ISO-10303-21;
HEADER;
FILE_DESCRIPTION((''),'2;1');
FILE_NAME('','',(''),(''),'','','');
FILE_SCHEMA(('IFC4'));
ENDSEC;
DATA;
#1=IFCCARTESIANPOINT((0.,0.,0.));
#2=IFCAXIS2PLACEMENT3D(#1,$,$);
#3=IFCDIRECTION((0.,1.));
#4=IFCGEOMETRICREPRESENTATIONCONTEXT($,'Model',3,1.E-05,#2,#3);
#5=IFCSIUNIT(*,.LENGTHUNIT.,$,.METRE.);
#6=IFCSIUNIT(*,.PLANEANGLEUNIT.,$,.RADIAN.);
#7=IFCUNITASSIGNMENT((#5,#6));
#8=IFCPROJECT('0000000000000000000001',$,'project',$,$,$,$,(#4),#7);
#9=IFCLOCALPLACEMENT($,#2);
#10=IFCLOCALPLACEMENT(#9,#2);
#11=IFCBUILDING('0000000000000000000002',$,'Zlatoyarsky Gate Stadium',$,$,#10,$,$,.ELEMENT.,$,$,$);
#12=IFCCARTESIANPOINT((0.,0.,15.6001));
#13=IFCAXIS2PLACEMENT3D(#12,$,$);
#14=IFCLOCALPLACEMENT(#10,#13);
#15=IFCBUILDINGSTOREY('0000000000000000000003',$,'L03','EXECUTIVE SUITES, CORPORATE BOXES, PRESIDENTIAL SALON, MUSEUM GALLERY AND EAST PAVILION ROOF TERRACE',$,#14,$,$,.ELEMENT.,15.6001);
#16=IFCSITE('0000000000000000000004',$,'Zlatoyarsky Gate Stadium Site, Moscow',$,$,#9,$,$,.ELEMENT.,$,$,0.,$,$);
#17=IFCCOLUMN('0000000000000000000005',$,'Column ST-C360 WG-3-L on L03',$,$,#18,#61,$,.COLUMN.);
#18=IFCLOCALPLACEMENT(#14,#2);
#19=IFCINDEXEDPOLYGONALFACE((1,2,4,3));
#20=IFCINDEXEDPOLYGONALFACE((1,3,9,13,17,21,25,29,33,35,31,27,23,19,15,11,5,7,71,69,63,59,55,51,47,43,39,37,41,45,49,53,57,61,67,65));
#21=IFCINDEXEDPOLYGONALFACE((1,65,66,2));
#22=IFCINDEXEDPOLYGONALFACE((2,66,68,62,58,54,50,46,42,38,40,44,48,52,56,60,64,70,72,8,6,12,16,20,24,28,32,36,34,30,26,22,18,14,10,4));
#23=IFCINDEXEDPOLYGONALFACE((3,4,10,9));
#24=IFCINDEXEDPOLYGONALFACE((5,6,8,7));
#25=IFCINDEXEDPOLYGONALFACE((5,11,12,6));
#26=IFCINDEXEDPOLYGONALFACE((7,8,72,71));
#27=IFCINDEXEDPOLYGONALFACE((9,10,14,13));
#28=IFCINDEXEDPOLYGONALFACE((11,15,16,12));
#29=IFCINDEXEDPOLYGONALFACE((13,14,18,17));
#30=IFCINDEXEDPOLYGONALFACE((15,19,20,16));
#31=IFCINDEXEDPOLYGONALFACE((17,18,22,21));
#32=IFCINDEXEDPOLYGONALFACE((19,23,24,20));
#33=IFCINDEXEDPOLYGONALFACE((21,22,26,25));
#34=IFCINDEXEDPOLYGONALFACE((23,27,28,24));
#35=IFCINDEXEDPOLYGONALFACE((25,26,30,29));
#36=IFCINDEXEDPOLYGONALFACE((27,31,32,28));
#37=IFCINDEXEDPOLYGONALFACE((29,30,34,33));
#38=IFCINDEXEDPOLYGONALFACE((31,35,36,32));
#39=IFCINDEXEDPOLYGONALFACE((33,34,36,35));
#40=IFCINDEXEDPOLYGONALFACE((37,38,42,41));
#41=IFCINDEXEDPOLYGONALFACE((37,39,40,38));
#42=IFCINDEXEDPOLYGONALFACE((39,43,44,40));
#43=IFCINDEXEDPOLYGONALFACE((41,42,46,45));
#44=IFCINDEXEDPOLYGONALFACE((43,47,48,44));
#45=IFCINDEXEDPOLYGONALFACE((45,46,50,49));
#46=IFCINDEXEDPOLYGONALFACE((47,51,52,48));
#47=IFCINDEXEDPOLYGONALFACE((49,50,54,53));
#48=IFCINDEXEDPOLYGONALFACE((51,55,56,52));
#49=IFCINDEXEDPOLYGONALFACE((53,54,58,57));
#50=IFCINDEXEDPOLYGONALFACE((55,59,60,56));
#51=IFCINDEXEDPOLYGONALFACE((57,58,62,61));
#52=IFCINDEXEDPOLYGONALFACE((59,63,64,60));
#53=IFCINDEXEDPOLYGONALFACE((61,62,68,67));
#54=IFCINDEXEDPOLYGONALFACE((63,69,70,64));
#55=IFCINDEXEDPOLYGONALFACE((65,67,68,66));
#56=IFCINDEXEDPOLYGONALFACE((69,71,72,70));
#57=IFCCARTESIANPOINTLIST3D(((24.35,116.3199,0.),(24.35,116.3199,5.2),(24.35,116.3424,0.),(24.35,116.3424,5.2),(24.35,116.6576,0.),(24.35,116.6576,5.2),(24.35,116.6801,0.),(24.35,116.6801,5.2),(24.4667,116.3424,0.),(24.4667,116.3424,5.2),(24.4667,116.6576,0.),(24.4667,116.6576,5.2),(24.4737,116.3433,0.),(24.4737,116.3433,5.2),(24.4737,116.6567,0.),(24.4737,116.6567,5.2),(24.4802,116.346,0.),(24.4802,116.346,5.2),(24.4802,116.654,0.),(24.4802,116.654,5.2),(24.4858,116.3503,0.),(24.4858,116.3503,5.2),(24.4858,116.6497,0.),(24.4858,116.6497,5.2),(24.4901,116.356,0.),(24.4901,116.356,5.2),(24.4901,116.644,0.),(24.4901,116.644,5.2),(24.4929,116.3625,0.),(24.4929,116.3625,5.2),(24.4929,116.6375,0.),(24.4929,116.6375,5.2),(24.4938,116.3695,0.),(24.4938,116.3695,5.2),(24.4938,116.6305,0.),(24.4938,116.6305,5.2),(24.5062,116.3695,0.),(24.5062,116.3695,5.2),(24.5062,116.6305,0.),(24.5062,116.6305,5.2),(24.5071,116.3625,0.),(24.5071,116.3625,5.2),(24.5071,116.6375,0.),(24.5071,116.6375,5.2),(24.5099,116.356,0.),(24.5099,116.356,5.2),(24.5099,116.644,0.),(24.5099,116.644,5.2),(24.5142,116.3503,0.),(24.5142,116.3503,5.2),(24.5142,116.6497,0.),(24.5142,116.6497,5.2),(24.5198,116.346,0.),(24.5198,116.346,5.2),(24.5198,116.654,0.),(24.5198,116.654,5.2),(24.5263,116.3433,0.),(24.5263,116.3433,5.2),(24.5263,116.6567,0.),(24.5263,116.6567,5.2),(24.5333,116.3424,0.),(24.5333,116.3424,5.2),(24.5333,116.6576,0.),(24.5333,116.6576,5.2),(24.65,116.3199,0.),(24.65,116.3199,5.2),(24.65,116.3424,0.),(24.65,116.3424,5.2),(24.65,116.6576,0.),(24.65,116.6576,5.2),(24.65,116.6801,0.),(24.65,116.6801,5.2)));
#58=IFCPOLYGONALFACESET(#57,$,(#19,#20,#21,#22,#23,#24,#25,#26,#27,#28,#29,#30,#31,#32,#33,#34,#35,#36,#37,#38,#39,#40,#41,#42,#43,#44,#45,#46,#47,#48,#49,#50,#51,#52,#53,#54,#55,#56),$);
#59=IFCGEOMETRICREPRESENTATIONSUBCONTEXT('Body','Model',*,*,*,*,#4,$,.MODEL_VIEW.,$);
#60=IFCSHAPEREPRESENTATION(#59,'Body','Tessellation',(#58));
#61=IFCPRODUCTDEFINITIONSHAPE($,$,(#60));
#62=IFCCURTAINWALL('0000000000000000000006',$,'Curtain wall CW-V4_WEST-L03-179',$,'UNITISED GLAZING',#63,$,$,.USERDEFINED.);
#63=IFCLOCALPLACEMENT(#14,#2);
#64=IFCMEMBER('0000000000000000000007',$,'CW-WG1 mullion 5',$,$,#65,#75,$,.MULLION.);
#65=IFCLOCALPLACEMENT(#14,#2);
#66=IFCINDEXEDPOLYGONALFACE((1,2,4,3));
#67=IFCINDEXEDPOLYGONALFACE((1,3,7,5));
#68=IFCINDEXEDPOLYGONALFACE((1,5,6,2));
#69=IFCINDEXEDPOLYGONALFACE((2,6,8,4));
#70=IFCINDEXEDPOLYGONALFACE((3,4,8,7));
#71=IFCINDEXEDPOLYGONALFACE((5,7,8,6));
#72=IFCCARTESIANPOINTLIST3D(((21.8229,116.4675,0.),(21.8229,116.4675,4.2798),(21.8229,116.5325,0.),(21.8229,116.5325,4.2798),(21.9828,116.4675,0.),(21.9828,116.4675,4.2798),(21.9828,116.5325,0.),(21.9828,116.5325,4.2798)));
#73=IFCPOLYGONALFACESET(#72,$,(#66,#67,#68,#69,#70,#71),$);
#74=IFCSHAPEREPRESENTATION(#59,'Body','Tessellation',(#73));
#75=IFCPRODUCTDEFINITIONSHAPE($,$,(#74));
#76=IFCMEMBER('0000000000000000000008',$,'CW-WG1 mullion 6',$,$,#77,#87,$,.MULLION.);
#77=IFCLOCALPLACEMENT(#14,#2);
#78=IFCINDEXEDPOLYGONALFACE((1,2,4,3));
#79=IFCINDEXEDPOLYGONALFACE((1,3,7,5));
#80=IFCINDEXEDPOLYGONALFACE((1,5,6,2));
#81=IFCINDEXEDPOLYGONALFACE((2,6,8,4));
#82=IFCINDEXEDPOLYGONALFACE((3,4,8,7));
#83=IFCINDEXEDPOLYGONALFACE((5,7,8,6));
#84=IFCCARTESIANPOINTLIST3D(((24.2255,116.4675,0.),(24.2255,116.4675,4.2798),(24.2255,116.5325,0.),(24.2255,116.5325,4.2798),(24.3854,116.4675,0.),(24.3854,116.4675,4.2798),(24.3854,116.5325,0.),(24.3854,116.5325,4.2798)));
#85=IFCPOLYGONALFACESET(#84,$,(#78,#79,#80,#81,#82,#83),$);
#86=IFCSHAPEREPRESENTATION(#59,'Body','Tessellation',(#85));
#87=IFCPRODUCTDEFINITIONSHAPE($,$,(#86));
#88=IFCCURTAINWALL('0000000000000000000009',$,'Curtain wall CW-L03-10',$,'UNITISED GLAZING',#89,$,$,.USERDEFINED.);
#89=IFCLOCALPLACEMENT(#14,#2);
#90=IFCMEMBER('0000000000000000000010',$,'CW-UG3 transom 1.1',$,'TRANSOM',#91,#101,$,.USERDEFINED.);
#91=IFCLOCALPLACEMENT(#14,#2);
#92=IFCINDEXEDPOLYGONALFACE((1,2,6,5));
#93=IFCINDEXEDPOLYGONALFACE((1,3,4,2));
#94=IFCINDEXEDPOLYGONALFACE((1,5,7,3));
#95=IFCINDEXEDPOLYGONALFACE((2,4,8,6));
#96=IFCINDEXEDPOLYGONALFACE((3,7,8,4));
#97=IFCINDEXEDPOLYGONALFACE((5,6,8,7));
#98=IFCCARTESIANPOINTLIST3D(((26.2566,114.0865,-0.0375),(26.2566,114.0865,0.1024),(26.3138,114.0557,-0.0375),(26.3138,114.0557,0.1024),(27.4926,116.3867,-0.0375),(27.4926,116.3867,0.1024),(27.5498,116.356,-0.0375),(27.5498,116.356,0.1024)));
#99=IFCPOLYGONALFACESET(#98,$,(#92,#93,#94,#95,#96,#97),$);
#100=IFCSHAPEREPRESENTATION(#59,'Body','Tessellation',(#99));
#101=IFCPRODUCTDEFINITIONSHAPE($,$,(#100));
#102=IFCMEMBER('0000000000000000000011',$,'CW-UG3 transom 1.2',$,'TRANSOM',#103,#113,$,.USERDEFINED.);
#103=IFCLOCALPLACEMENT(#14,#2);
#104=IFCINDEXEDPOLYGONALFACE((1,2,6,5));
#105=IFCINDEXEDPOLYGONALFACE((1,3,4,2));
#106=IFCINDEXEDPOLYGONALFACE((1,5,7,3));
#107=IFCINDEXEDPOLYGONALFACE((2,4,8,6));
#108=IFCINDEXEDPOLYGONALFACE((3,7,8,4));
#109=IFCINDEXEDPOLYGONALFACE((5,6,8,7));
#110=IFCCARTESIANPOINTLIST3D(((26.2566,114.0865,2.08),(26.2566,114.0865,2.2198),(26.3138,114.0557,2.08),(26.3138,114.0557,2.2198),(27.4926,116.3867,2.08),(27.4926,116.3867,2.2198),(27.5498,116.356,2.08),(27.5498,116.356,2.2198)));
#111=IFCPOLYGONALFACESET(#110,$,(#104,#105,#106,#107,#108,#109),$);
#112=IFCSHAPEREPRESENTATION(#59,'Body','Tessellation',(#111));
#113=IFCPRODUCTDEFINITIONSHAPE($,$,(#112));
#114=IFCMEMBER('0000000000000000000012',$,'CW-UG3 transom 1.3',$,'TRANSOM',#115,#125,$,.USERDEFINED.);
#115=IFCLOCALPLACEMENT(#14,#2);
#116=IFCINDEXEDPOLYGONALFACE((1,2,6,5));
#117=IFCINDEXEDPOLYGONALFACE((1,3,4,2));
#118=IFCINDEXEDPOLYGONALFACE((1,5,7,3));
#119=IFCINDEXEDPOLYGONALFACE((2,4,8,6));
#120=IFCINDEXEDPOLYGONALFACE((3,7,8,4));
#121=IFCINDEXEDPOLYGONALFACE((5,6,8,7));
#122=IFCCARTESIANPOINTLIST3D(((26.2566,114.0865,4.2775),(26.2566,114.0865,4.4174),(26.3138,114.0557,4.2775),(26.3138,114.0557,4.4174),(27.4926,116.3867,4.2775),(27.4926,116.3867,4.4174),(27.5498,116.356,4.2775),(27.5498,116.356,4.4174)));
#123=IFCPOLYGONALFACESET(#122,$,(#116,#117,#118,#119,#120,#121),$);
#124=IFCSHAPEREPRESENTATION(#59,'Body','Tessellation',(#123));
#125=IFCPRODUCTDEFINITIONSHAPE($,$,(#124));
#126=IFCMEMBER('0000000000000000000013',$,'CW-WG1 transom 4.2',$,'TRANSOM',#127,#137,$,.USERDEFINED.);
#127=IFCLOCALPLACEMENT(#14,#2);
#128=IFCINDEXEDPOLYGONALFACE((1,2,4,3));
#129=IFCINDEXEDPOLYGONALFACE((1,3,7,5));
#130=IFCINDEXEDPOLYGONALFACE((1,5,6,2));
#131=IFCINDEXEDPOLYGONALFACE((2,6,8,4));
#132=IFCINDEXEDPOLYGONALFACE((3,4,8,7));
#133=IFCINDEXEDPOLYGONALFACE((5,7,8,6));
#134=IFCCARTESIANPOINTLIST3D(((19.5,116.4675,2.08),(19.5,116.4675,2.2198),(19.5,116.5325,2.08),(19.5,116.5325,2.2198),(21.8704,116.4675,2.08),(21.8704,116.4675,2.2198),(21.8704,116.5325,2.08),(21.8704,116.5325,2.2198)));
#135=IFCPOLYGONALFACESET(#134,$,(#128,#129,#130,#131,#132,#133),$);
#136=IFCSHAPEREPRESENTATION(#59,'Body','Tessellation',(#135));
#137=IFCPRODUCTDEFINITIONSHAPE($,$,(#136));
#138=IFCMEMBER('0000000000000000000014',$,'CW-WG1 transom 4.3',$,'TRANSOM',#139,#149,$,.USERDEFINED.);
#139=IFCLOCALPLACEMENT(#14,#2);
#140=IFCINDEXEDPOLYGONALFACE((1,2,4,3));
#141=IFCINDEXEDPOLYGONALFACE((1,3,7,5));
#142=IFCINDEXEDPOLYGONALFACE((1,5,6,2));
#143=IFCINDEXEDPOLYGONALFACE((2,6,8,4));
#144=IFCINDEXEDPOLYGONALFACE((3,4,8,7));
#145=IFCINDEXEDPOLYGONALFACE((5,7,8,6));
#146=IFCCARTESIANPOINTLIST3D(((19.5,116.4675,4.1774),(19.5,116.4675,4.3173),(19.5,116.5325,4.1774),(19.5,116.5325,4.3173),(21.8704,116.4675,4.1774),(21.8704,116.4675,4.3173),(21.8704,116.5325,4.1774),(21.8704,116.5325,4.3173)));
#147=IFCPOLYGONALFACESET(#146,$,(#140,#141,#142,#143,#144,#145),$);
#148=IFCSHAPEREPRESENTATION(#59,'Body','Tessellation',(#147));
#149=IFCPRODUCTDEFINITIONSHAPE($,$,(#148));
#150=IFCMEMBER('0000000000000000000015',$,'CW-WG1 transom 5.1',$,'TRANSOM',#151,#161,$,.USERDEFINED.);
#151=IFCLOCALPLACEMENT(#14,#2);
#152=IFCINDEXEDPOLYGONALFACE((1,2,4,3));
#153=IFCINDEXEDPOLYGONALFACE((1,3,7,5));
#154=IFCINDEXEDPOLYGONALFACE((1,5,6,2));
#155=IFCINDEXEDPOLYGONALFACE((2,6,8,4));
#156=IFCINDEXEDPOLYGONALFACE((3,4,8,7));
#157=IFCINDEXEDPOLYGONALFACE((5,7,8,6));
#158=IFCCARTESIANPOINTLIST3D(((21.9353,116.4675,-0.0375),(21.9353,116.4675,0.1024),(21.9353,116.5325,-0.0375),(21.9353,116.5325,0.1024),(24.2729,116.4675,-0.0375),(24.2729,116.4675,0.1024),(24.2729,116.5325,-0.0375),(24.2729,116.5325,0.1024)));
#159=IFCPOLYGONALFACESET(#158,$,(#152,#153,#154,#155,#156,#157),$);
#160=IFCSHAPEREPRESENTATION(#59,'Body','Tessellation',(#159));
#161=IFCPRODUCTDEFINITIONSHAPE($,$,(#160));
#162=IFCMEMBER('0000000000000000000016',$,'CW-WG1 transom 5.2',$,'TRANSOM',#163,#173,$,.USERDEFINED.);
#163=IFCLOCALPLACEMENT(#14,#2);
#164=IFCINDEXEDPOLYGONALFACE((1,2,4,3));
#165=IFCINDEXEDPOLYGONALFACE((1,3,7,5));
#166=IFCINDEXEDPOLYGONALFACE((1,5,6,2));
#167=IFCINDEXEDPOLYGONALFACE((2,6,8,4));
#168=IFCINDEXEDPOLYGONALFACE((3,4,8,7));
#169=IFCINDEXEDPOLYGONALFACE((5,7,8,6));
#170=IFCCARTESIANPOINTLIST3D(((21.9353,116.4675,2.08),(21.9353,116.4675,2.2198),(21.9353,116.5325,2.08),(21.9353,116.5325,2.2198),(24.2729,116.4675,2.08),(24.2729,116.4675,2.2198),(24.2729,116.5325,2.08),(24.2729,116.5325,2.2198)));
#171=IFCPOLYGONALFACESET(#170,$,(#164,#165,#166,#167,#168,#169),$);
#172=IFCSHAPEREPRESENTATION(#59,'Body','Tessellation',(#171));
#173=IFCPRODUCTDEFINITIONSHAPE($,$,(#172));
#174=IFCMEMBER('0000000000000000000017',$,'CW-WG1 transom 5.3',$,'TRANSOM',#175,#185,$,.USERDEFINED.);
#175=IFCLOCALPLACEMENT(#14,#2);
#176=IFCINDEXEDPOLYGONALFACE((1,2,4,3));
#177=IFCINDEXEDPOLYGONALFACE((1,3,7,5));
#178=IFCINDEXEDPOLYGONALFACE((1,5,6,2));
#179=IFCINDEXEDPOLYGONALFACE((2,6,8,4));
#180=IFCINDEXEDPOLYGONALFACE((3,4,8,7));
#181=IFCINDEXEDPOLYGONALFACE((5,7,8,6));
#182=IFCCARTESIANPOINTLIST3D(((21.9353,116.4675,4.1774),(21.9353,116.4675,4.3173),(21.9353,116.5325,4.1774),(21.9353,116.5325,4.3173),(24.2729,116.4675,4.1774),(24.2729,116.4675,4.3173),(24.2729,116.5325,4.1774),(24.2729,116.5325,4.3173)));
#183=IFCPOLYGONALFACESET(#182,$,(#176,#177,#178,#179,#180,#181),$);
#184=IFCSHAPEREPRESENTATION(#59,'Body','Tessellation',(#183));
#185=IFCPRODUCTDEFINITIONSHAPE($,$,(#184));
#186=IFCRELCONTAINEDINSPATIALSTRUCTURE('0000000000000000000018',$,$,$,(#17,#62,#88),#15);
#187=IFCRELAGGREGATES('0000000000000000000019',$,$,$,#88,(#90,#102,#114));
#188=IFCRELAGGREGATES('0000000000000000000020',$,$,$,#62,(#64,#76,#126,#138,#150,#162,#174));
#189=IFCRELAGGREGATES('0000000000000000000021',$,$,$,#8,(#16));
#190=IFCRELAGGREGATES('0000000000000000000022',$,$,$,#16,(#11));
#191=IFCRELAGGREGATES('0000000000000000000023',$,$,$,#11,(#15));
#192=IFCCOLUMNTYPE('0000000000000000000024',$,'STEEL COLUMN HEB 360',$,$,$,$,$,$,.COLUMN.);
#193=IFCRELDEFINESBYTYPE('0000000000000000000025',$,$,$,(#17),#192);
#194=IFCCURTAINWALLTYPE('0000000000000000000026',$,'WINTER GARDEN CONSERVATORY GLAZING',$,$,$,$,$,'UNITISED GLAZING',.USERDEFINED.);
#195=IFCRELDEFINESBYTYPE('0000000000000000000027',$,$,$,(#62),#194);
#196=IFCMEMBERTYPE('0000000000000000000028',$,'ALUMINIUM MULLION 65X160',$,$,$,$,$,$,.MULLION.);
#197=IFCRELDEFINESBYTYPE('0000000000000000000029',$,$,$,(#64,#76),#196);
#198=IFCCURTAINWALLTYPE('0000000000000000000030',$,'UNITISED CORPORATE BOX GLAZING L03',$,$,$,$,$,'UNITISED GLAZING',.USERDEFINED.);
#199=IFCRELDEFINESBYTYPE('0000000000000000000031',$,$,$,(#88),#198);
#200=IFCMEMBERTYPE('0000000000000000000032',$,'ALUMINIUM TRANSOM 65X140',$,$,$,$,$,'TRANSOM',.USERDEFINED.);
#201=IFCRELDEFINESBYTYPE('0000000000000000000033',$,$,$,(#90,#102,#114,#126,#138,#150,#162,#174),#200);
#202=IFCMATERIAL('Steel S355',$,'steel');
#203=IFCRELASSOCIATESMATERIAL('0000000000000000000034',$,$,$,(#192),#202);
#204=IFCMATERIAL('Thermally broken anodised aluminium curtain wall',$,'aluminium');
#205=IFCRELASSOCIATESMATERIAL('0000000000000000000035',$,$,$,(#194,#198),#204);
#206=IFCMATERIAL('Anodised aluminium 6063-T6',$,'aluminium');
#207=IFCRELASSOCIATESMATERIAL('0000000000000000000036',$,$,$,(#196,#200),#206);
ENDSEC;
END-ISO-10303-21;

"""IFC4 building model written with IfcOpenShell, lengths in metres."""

from ifc_helpers import new_model, si_unit, direction, frame, origin, origin_2d, place, context, subcontext, project, spatial, rectangle, i_section, extrude, material, material_profile, profile_set, type_object, element, aggregate, save


model = new_model("IFC4")

# Units and contexts
model_context = context("Model", 3, precision=1e-05, world=origin(), true_north=direction((0.0, 1.0)))
body_context = subcontext(model_context, "Body", "Model", "MODEL_VIEW")
ifc_project = project(units=[si_unit("LENGTHUNIT", "METRE"), si_unit("PLANEANGLEUNIT", "RADIAN")], contexts=[model_context])

# Site, building, storey
site_placement = place(None, origin())
site = spatial("IfcSite", under=ifc_project, at=site_placement, Name="Zlatoyarsky Gate Stadium Site, Moscow", CompositionType="ELEMENT", RefElevation=0.0)
building_placement = place(site_placement, origin())
building = spatial("IfcBuilding", under=site, at=building_placement, Name="Zlatoyarsky Gate Stadium", CompositionType="ELEMENT")
storey_placement = place(building_placement, frame((0.0, 0.0, 15.6001)))
storey = spatial("IfcBuildingStorey", under=building, at=storey_placement, Name="L03", Description="EXECUTIVE SUITES, CORPORATE BOXES, PRESIDENTIAL SALON, MUSEUM GALLERY AND EAST PAVILION ROOF TERRACE", CompositionType="ELEMENT", Elevation=15.6001)

# Column
ifc_material_1 = material(Name="Steel S355", Category="steel")
ifc_material_profile_1 = material_profile(ifc_material_1, i_section(OverallWidth=0.3, OverallDepth=0.3601, WebThickness=0.0125, FlangeThickness=0.0225, FilletRadius=0.0271, at=origin_2d()), Name="HEB 360")
ifc_profile_set_1 = profile_set([ifc_material_profile_1], Name="Steel S355")
column_type = type_object("IfcColumnType", Name="STEEL COLUMN HEB 360", PredefinedType="COLUMN", material=ifc_profile_set_1)
column_placement = place(storey_placement, frame((24.5, 116.5, 0.0), z_axis=(0.0, 0.0, 1.0), x_axis=(1.0, 0.0, 0.0)))
element("IfcColumn", 1, at=column_placement, inside=storey, type_object=column_type, Name="Column ST-C360 WG-3-L on L03", PredefinedType="COLUMN", context=body_context, shape_type="SweptSolid", body=[
    extrude(i_section(OverallWidth=0.3, OverallDepth=0.3601, WebThickness=0.0125, FlangeThickness=0.0225, FilletRadius=0.0271, at=origin_2d()), origin(), (0.0, 0.0, 1.0), 5.2),
])

# Curtain walls, members
ifc_material_2 = material(Name="Thermally broken anodised aluminium curtain wall", Category="aluminium")
curtain_wall_type_1 = type_object("IfcCurtainWallType", Name="WINTER GARDEN CONSERVATORY GLAZING", ElementType="UNITISED GLAZING", PredefinedType="USERDEFINED", material=ifc_material_2)
curtain_wall_1_placement = place(storey_placement, origin())
curtain_wall_1 = element("IfcCurtainWall", 2, at=curtain_wall_1_placement, inside=storey, type_object=curtain_wall_type_1, Name="Curtain wall CW-V4_WEST-L03-179", ObjectType="UNITISED GLAZING", PredefinedType="USERDEFINED")
ifc_material_3 = material(Name="Anodised aluminium 6063-T6", Category="aluminium")
ifc_material_profile_2 = material_profile(ifc_material_3, rectangle(XDim=0.0649, YDim=0.1599, at=origin_2d()), Name="ALU 65X160")
ifc_profile_set_2 = profile_set([ifc_material_profile_2], Name="Anodised aluminium 6063-T6")
member_type_1 = type_object("IfcMemberType", Name="ALUMINIUM MULLION 65X160", PredefinedType="MULLION", material=ifc_profile_set_2)
member_1_placement = place(storey_placement, frame((21.9028, 116.5, 0.0), z_axis=(0.0, 0.0, 1.0), x_axis=(0.0, 1.0, 0.0)))
member_1 = element("IfcMember", 3, at=member_1_placement, type_object=member_type_1, Name="CW-WG1 mullion 5", PredefinedType="MULLION", context=body_context, shape_type="SweptSolid", body=[
    extrude(rectangle(XDim=0.0649, YDim=0.1599, at=origin_2d()), origin(), (0.0, 0.0, 1.0), 4.2798),
])
member_2_placement = place(storey_placement, frame((24.3054, 116.5, 0.0), z_axis=(0.0, 0.0, 1.0), x_axis=(0.0, 1.0, 0.0)))
member_2 = element("IfcMember", 4, at=member_2_placement, type_object=member_type_1, Name="CW-WG1 mullion 6", PredefinedType="MULLION", context=body_context, shape_type="SweptSolid", body=[
    extrude(rectangle(XDim=0.0649, YDim=0.1599, at=origin_2d()), origin(), (0.0, 0.0, 1.0), 4.2798),
])
curtain_wall_type_2 = type_object("IfcCurtainWallType", Name="UNITISED CORPORATE BOX GLAZING L03", ElementType="UNITISED GLAZING", PredefinedType="USERDEFINED", material=ifc_material_2)
curtain_wall_2_placement = place(storey_placement, origin())
curtain_wall_2 = element("IfcCurtainWall", 5, at=curtain_wall_2_placement, inside=storey, type_object=curtain_wall_type_2, Name="Curtain wall CW-L03-10", ObjectType="UNITISED GLAZING", PredefinedType="USERDEFINED")
ifc_material_profile_3 = material_profile(ifc_material_3, rectangle(XDim=0.0649, YDim=0.1399, at=origin_2d()), Name="ALU 65X140")
ifc_profile_set_3 = profile_set([ifc_material_profile_3], Name="Anodised aluminium 6063-T6")
member_type_2 = type_object("IfcMemberType", Name="ALUMINIUM TRANSOM 65X140", ElementType="TRANSOM", PredefinedType="USERDEFINED", material=ifc_profile_set_3)
member_3_placement = place(storey_placement, frame((27.5212, 116.3713, 0.0325), z_axis=(-0.473347, -0.880876, 0.0), x_axis=(0.880876, -0.473347, 0.0)))
member_3 = element("IfcMember", 6, at=member_3_placement, type_object=member_type_2, Name="CW-UG3 transom 1.1", ObjectType="TRANSOM", PredefinedType="USERDEFINED", context=body_context, shape_type="SweptSolid", body=[
    extrude(rectangle(XDim=0.0649, YDim=0.1399, at=origin_2d()), origin(), (0.0, 0.0, 1.0), 2.6113),
])
member_4_placement = place(storey_placement, frame((27.5212, 116.3713, 2.1499), z_axis=(-0.473347, -0.880876, 0.0), x_axis=(0.880876, -0.473347, 0.0)))
member_4 = element("IfcMember", 7, at=member_4_placement, type_object=member_type_2, Name="CW-UG3 transom 1.2", ObjectType="TRANSOM", PredefinedType="USERDEFINED", context=body_context, shape_type="SweptSolid", body=[
    extrude(rectangle(XDim=0.0649, YDim=0.1399, at=origin_2d()), origin(), (0.0, 0.0, 1.0), 2.6113),
])
member_5_placement = place(storey_placement, frame((27.5212, 116.3713, 4.3474), z_axis=(-0.473347, -0.880876, 0.0), x_axis=(0.880876, -0.473347, 0.0)))
member_5 = element("IfcMember", 8, at=member_5_placement, type_object=member_type_2, Name="CW-UG3 transom 1.3", ObjectType="TRANSOM", PredefinedType="USERDEFINED", context=body_context, shape_type="SweptSolid", body=[
    extrude(rectangle(XDim=0.0649, YDim=0.1399, at=origin_2d()), origin(), (0.0, 0.0, 1.0), 2.6113),
])

# Members
member_6_placement = place(storey_placement, frame((19.5, 116.5, 2.1499), z_axis=(1.0, 0.0, 0.0), x_axis=(0.0, 1.0, 0.0)))
member_6 = element("IfcMember", 9, at=member_6_placement, type_object=member_type_2, Name="CW-WG1 transom 4.2", ObjectType="TRANSOM", PredefinedType="USERDEFINED", context=body_context, shape_type="SweptSolid", body=[
    extrude(rectangle(XDim=0.0649, YDim=0.1399, at=origin_2d()), origin(), (0.0, 0.0, 1.0), 2.3704),
])
member_7_placement = place(storey_placement, frame((19.5, 116.5, 4.2473), z_axis=(1.0, 0.0, 0.0), x_axis=(0.0, 1.0, 0.0)))
member_7 = element("IfcMember", 10, at=member_7_placement, type_object=member_type_2, Name="CW-WG1 transom 4.3", ObjectType="TRANSOM", PredefinedType="USERDEFINED", context=body_context, shape_type="SweptSolid", body=[
    extrude(rectangle(XDim=0.0649, YDim=0.1399, at=origin_2d()), origin(), (0.0, 0.0, 1.0), 2.3704),
])
member_8_placement = place(storey_placement, frame((21.9353, 116.5, 0.0325), z_axis=(1.0, 0.0, 0.0), x_axis=(0.0, 1.0, 0.0)))
member_8 = element("IfcMember", 11, at=member_8_placement, type_object=member_type_2, Name="CW-WG1 transom 5.1", ObjectType="TRANSOM", PredefinedType="USERDEFINED", context=body_context, shape_type="SweptSolid", body=[
    extrude(rectangle(XDim=0.0649, YDim=0.1399, at=origin_2d()), origin(), (0.0, 0.0, 1.0), 2.3376),
])
member_9_placement = place(storey_placement, frame((21.9353, 116.5, 2.1499), z_axis=(1.0, 0.0, 0.0), x_axis=(0.0, 1.0, 0.0)))
member_9 = element("IfcMember", 12, at=member_9_placement, type_object=member_type_2, Name="CW-WG1 transom 5.2", ObjectType="TRANSOM", PredefinedType="USERDEFINED", context=body_context, shape_type="SweptSolid", body=[
    extrude(rectangle(XDim=0.0649, YDim=0.1399, at=origin_2d()), origin(), (0.0, 0.0, 1.0), 2.3376),
])
member_10_placement = place(storey_placement, frame((21.9353, 116.5, 4.2473), z_axis=(1.0, 0.0, 0.0), x_axis=(0.0, 1.0, 0.0)))
member_10 = element("IfcMember", 13, at=member_10_placement, type_object=member_type_2, Name="CW-WG1 transom 5.3", ObjectType="TRANSOM", PredefinedType="USERDEFINED", context=body_context, shape_type="SweptSolid", body=[
    extrude(rectangle(XDim=0.0649, YDim=0.1399, at=origin_2d()), origin(), (0.0, 0.0, 1.0), 2.3376),
])

aggregate(curtain_wall_2, [member_3, member_4, member_5])
aggregate(curtain_wall_1, [member_1, member_2, member_6, member_7, member_8, member_9, member_10])

save(model, "model.ifc")
